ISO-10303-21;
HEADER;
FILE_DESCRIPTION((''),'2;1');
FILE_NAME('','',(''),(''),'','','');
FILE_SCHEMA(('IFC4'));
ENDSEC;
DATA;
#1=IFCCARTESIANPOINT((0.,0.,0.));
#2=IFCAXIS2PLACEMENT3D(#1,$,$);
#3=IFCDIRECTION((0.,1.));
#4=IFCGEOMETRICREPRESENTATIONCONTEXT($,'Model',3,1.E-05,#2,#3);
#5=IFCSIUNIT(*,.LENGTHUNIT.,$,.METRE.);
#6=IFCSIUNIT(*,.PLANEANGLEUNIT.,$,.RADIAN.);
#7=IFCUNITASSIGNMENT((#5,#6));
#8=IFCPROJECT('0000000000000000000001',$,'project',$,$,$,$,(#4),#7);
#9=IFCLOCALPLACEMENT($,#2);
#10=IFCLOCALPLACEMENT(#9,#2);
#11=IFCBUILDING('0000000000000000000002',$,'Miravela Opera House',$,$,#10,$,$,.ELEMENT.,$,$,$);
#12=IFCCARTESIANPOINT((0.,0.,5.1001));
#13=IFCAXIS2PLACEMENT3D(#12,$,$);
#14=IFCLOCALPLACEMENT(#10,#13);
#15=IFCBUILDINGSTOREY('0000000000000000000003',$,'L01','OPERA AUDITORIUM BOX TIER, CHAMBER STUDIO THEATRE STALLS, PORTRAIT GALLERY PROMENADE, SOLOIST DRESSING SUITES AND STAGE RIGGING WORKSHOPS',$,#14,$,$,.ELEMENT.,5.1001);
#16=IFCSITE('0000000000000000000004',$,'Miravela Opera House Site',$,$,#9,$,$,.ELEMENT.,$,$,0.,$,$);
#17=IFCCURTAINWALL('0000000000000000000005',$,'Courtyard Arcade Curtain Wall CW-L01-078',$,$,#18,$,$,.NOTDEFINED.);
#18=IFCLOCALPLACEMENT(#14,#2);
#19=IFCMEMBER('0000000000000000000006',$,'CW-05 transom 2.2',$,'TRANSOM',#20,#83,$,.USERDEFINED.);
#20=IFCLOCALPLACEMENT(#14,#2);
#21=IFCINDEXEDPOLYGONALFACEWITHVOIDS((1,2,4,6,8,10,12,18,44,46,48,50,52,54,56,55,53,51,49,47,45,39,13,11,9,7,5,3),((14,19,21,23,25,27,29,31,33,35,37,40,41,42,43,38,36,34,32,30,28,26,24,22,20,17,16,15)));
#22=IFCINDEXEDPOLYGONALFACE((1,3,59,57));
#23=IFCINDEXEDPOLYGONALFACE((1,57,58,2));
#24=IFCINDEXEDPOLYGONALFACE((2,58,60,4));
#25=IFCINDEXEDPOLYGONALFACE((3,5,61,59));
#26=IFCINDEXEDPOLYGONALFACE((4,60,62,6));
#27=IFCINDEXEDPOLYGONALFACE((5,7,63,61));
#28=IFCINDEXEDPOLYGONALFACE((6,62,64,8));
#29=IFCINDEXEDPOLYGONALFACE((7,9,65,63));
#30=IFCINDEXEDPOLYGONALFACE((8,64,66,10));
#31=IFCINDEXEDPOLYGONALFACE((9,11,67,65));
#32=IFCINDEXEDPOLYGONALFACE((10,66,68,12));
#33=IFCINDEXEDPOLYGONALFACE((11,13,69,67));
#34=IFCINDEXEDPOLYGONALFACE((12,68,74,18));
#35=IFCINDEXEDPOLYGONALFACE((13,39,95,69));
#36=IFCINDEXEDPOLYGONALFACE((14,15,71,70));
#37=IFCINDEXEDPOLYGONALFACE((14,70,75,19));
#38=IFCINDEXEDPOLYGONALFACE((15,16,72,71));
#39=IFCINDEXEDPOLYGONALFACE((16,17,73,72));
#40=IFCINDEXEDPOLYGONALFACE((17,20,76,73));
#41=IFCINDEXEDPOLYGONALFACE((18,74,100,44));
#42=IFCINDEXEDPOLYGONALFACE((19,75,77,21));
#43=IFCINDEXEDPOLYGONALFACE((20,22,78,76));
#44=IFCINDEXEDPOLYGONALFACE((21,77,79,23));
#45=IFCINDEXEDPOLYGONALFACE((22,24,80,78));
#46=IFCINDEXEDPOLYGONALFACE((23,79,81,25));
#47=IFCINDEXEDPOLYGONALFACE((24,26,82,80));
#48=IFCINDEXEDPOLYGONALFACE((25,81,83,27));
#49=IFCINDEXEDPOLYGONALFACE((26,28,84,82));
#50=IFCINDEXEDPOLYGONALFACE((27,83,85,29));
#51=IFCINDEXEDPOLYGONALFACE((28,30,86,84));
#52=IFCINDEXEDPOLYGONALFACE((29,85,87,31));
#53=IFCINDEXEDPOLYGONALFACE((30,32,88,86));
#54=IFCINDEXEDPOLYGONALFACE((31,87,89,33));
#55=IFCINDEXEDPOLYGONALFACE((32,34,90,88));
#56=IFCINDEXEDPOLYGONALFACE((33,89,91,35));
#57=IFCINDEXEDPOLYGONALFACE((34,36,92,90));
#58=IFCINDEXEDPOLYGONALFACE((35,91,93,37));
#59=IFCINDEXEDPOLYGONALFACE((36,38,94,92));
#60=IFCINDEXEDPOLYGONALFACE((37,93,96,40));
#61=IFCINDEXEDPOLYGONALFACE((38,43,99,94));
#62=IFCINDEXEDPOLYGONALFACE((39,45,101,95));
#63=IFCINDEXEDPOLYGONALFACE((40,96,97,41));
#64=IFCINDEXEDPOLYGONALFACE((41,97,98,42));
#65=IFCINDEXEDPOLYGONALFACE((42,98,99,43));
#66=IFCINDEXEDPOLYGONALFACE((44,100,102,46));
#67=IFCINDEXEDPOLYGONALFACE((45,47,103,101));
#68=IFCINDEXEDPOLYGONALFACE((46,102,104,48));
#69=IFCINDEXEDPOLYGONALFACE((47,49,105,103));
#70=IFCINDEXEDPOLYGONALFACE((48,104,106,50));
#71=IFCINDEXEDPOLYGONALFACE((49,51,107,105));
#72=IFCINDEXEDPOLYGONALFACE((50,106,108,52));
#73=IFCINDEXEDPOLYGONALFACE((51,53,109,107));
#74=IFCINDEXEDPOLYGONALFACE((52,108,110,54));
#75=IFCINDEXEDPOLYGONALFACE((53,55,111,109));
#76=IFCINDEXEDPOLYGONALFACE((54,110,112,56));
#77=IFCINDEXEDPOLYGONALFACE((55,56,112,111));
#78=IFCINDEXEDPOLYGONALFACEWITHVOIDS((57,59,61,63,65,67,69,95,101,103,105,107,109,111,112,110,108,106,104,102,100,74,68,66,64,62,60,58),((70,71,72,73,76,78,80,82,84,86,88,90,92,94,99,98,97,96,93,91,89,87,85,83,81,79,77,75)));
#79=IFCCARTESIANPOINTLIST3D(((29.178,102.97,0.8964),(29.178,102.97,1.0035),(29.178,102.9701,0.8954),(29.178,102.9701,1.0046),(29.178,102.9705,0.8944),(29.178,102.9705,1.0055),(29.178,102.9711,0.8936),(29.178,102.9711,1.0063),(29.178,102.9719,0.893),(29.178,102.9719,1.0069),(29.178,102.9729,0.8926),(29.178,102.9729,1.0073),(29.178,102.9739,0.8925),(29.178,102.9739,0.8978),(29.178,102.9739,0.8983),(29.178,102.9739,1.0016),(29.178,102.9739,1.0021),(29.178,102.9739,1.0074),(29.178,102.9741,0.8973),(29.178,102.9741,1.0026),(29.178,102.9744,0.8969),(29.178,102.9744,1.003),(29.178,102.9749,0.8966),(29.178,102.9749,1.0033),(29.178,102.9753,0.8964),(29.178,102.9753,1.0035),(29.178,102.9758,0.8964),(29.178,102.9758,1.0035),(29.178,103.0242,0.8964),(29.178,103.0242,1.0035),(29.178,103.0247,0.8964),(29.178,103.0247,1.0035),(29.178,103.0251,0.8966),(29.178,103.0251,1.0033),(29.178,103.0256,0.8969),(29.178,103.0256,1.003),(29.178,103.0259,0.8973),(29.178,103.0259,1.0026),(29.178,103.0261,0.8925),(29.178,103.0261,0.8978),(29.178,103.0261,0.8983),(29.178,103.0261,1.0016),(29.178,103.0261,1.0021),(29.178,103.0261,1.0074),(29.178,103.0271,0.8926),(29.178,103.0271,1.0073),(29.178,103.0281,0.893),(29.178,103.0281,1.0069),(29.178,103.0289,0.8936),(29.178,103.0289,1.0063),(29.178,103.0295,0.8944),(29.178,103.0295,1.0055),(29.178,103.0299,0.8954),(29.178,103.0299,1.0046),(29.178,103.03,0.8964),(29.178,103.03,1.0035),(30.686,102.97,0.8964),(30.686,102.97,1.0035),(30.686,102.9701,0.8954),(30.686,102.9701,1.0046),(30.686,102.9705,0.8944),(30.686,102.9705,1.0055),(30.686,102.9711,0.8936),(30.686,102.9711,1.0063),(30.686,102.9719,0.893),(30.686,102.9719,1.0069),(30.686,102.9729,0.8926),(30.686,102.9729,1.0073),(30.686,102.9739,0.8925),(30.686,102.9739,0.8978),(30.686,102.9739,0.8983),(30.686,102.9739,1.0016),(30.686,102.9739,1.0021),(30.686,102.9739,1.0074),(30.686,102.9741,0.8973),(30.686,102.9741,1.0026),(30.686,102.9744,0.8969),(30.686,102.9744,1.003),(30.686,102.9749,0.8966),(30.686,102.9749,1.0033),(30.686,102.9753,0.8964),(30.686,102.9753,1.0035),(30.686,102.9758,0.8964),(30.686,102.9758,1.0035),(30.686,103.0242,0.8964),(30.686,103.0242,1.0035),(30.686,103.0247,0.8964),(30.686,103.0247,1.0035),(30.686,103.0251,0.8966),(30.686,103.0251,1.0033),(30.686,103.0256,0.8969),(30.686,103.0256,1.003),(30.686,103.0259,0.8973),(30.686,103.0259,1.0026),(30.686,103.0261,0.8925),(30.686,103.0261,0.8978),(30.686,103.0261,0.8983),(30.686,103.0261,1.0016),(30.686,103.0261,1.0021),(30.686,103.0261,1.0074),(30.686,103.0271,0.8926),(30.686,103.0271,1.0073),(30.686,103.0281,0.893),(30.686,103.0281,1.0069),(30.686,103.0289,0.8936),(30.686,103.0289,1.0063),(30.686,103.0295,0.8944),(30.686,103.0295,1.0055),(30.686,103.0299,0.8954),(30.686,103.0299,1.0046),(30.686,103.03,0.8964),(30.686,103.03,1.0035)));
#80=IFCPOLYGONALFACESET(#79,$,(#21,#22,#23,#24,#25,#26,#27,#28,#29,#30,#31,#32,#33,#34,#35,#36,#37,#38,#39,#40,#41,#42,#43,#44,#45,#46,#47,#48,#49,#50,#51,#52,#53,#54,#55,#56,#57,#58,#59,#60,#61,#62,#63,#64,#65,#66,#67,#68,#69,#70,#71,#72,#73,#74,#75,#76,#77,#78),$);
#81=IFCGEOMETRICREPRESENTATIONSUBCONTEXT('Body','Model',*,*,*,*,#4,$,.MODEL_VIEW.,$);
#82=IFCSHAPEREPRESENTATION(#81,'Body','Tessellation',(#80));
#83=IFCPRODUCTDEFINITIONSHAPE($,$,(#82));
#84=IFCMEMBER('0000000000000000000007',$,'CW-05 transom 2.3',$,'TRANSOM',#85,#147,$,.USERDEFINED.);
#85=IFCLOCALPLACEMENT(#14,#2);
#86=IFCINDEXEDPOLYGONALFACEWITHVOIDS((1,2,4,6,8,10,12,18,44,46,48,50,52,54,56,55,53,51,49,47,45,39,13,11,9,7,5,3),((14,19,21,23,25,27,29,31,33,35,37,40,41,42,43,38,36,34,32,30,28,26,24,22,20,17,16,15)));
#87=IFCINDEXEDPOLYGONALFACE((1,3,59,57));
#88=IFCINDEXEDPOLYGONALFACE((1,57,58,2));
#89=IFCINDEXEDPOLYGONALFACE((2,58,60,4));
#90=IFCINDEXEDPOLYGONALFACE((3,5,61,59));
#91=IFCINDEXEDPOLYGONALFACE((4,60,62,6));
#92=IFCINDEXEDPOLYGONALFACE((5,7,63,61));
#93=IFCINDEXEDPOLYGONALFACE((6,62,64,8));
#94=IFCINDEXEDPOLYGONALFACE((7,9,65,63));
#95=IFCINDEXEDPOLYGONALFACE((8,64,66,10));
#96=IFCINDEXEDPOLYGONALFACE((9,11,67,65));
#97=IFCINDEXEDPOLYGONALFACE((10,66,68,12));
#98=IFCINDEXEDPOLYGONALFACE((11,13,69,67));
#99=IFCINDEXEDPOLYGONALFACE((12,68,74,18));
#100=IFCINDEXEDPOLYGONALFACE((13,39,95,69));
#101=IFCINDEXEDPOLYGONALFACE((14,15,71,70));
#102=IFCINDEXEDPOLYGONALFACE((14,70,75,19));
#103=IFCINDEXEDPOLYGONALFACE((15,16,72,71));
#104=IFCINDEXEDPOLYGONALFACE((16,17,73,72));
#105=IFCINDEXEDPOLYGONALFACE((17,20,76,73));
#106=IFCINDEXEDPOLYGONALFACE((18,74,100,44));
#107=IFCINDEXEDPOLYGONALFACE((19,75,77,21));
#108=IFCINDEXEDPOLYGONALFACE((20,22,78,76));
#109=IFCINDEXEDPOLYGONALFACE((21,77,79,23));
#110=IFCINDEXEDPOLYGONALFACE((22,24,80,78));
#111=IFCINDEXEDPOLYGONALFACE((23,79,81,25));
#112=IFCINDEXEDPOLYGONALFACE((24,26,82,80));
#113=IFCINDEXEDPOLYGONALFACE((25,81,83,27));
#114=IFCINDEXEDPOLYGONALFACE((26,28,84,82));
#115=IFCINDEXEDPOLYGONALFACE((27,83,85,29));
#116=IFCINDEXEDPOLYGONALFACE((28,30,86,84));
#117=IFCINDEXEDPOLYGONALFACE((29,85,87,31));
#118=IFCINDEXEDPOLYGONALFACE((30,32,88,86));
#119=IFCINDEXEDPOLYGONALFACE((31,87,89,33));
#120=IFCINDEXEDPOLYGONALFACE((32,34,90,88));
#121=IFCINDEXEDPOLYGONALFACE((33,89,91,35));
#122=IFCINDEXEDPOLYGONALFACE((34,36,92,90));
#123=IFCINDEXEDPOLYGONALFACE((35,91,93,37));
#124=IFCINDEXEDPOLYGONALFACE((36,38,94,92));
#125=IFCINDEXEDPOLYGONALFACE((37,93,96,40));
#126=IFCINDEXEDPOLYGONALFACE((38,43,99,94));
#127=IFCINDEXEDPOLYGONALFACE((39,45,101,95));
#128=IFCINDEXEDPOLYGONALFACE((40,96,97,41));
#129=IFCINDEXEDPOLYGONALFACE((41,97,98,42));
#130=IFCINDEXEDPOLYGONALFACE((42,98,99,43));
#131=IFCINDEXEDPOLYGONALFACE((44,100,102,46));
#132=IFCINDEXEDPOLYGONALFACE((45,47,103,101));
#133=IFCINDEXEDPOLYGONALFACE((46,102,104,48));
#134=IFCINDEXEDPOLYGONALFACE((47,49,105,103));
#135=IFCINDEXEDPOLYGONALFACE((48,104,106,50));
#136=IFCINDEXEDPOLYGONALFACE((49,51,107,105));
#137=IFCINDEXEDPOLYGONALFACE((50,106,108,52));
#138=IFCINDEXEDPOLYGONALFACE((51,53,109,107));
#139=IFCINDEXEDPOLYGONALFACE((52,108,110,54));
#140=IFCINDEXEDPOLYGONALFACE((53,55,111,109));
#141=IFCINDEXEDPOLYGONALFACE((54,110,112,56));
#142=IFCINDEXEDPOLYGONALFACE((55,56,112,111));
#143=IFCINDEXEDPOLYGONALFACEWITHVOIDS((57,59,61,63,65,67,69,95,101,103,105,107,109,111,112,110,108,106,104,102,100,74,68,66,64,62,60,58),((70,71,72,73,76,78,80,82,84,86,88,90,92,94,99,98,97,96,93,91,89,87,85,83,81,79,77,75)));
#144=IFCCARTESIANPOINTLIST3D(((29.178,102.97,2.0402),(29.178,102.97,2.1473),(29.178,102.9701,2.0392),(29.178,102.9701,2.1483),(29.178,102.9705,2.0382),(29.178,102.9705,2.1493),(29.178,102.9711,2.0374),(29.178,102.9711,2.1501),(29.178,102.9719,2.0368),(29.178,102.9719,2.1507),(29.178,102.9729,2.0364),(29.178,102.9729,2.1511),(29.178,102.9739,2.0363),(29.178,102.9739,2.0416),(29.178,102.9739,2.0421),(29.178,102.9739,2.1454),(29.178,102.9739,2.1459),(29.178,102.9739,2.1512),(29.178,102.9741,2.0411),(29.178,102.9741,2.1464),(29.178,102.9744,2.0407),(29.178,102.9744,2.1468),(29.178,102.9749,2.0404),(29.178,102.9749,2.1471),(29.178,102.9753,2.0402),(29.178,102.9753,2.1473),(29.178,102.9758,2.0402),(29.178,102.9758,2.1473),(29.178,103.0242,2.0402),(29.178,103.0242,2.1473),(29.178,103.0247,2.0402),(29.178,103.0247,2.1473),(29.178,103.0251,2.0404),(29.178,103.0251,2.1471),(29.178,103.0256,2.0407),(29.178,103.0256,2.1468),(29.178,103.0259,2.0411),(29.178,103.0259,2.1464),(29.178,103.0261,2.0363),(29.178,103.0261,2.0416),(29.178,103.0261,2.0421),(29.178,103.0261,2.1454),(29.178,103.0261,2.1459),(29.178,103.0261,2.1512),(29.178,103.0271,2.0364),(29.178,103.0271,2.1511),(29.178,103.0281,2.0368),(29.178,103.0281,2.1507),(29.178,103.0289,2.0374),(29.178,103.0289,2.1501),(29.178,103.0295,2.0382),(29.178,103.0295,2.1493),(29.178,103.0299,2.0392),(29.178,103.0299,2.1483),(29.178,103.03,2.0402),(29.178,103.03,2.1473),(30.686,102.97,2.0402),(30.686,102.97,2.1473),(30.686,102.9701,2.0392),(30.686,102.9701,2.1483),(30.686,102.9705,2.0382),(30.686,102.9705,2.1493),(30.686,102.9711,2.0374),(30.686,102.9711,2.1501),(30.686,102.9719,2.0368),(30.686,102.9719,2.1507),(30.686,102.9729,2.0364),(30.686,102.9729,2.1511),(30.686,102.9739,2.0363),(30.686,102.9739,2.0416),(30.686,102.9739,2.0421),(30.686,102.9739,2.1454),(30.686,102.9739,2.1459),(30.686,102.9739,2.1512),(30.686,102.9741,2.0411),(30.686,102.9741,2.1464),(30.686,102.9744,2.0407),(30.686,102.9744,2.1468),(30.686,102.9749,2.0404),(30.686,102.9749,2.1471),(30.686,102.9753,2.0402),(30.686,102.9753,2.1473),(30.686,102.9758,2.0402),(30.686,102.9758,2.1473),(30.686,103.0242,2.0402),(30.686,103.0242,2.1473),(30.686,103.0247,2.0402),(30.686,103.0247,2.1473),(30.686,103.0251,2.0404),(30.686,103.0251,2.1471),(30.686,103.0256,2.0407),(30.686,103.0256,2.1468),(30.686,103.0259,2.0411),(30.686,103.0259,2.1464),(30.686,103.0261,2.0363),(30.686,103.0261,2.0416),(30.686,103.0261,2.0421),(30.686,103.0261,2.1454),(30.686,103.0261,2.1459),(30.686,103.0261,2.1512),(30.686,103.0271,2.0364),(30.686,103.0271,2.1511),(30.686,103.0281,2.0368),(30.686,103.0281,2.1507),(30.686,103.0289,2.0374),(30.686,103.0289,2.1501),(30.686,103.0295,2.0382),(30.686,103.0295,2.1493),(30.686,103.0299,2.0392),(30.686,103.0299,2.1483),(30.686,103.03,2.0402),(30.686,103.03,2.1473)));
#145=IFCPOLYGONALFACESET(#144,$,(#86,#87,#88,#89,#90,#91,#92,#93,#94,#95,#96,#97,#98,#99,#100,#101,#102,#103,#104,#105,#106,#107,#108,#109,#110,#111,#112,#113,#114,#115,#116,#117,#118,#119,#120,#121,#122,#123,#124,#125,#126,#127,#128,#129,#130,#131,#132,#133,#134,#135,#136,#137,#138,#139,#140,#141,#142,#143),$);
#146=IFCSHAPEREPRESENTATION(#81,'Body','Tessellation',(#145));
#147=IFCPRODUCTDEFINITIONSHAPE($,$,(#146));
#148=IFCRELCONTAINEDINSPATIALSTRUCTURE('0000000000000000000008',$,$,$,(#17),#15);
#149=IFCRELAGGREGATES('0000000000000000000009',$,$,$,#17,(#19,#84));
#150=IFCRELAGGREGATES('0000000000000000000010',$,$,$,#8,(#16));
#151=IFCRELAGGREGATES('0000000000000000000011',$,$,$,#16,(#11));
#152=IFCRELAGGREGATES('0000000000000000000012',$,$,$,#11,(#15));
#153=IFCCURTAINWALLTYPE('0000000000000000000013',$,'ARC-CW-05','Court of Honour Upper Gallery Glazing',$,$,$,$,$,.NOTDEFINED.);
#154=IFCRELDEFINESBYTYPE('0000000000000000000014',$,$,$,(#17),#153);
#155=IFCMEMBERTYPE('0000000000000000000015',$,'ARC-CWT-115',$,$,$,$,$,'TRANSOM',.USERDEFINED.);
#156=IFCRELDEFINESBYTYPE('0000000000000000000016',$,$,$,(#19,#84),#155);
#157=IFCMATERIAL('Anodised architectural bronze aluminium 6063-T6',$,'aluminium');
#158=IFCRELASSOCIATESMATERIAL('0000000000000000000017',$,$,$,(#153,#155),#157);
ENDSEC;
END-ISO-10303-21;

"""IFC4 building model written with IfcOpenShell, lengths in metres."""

from ifc_helpers import new_model, si_unit, direction, frame, origin, origin_2d, place, context, subcontext, project, spatial, hollow_rectangle, extrude, material, material_profile, profile_set, type_object, element, aggregate, save


model = new_model("IFC4")

# Units and contexts
model_context = context("Model", 3, precision=1e-05, world=origin(), true_north=direction((0.0, 1.0)))
body_context = subcontext(model_context, "Body", "Model", "MODEL_VIEW")
ifc_project = project(units=[si_unit("LENGTHUNIT", "METRE"), si_unit("PLANEANGLEUNIT", "RADIAN")], contexts=[model_context])

# Site, building, storey
site_placement = place(None, origin())
site = spatial("IfcSite", under=ifc_project, at=site_placement, Name="Miravela Opera House Site", CompositionType="ELEMENT", RefElevation=0.0)
building_placement = place(site_placement, origin())
building = spatial("IfcBuilding", under=site, at=building_placement, Name="Miravela Opera House", CompositionType="ELEMENT")
storey_placement = place(building_placement, frame((0.0, 0.0, 5.1001)))
storey = spatial("IfcBuildingStorey", under=building, at=storey_placement, Name="L01", Description="OPERA AUDITORIUM BOX TIER, CHAMBER STUDIO THEATRE STALLS, PORTRAIT GALLERY PROMENADE, SOLOIST DRESSING SUITES AND STAGE RIGGING WORKSHOPS", CompositionType="ELEMENT", Elevation=5.1001)

# Curtain wall, members
ifc_material_1 = material(Name="Anodised architectural bronze aluminium 6063-T6", Category="aluminium")
curtain_wall_type = type_object("IfcCurtainWallType", Name="ARC-CW-05", Description="Court of Honour Upper Gallery Glazing", PredefinedType="NOTDEFINED", material=ifc_material_1)
curtain_wall_placement = place(storey_placement, origin())
curtain_wall = element("IfcCurtainWall", 1, at=curtain_wall_placement, inside=storey, type_object=curtain_wall_type, Name="Courtyard Arcade Curtain Wall CW-L01-078", PredefinedType="NOTDEFINED")
ifc_material_profile_1 = material_profile(ifc_material_1, hollow_rectangle(XDim=0.0601, YDim=0.115, WallThickness=0.0039, InnerFilletRadius=0.002, OuterFilletRadius=0.0039, at=origin_2d()), Name="CWT-60X115")
ifc_profile_set_1 = profile_set([ifc_material_profile_1])
member_type_1 = type_object("IfcMemberType", Name="ARC-CWT-115", ElementType="TRANSOM", PredefinedType="USERDEFINED", material=ifc_profile_set_1)
member_1_placement = place(storey_placement, frame((29.178, 103.0, 0.95), z_axis=(1.0, 0.0, 0.0), x_axis=(0.0, 1.0, 0.0)))
member_1 = element("IfcMember", 2, at=member_1_placement, type_object=member_type_1, Name="CW-05 transom 2.2", ObjectType="TRANSOM", PredefinedType="USERDEFINED", context=body_context, shape_type="SweptSolid", body=[
    extrude(hollow_rectangle(XDim=0.0601, YDim=0.115, WallThickness=0.0039, InnerFilletRadius=0.002, OuterFilletRadius=0.0039, at=origin_2d()), origin(), (0.0, 0.0, 1.0), 1.5081),
])
member_2_placement = place(storey_placement, frame((29.178, 103.0, 2.0938), z_axis=(1.0, 0.0, 0.0), x_axis=(0.0, 1.0, 0.0)))
member_2 = element("IfcMember", 3, at=member_2_placement, type_object=member_type_1, Name="CW-05 transom 2.3", ObjectType="TRANSOM", PredefinedType="USERDEFINED", context=body_context, shape_type="SweptSolid", body=[
    extrude(hollow_rectangle(XDim=0.0601, YDim=0.115, WallThickness=0.0039, InnerFilletRadius=0.002, OuterFilletRadius=0.0039, at=origin_2d()), origin(), (0.0, 0.0, 1.0), 1.5081),
])

aggregate(curtain_wall, [member_1, member_2])

save(model, "model.ifc")
